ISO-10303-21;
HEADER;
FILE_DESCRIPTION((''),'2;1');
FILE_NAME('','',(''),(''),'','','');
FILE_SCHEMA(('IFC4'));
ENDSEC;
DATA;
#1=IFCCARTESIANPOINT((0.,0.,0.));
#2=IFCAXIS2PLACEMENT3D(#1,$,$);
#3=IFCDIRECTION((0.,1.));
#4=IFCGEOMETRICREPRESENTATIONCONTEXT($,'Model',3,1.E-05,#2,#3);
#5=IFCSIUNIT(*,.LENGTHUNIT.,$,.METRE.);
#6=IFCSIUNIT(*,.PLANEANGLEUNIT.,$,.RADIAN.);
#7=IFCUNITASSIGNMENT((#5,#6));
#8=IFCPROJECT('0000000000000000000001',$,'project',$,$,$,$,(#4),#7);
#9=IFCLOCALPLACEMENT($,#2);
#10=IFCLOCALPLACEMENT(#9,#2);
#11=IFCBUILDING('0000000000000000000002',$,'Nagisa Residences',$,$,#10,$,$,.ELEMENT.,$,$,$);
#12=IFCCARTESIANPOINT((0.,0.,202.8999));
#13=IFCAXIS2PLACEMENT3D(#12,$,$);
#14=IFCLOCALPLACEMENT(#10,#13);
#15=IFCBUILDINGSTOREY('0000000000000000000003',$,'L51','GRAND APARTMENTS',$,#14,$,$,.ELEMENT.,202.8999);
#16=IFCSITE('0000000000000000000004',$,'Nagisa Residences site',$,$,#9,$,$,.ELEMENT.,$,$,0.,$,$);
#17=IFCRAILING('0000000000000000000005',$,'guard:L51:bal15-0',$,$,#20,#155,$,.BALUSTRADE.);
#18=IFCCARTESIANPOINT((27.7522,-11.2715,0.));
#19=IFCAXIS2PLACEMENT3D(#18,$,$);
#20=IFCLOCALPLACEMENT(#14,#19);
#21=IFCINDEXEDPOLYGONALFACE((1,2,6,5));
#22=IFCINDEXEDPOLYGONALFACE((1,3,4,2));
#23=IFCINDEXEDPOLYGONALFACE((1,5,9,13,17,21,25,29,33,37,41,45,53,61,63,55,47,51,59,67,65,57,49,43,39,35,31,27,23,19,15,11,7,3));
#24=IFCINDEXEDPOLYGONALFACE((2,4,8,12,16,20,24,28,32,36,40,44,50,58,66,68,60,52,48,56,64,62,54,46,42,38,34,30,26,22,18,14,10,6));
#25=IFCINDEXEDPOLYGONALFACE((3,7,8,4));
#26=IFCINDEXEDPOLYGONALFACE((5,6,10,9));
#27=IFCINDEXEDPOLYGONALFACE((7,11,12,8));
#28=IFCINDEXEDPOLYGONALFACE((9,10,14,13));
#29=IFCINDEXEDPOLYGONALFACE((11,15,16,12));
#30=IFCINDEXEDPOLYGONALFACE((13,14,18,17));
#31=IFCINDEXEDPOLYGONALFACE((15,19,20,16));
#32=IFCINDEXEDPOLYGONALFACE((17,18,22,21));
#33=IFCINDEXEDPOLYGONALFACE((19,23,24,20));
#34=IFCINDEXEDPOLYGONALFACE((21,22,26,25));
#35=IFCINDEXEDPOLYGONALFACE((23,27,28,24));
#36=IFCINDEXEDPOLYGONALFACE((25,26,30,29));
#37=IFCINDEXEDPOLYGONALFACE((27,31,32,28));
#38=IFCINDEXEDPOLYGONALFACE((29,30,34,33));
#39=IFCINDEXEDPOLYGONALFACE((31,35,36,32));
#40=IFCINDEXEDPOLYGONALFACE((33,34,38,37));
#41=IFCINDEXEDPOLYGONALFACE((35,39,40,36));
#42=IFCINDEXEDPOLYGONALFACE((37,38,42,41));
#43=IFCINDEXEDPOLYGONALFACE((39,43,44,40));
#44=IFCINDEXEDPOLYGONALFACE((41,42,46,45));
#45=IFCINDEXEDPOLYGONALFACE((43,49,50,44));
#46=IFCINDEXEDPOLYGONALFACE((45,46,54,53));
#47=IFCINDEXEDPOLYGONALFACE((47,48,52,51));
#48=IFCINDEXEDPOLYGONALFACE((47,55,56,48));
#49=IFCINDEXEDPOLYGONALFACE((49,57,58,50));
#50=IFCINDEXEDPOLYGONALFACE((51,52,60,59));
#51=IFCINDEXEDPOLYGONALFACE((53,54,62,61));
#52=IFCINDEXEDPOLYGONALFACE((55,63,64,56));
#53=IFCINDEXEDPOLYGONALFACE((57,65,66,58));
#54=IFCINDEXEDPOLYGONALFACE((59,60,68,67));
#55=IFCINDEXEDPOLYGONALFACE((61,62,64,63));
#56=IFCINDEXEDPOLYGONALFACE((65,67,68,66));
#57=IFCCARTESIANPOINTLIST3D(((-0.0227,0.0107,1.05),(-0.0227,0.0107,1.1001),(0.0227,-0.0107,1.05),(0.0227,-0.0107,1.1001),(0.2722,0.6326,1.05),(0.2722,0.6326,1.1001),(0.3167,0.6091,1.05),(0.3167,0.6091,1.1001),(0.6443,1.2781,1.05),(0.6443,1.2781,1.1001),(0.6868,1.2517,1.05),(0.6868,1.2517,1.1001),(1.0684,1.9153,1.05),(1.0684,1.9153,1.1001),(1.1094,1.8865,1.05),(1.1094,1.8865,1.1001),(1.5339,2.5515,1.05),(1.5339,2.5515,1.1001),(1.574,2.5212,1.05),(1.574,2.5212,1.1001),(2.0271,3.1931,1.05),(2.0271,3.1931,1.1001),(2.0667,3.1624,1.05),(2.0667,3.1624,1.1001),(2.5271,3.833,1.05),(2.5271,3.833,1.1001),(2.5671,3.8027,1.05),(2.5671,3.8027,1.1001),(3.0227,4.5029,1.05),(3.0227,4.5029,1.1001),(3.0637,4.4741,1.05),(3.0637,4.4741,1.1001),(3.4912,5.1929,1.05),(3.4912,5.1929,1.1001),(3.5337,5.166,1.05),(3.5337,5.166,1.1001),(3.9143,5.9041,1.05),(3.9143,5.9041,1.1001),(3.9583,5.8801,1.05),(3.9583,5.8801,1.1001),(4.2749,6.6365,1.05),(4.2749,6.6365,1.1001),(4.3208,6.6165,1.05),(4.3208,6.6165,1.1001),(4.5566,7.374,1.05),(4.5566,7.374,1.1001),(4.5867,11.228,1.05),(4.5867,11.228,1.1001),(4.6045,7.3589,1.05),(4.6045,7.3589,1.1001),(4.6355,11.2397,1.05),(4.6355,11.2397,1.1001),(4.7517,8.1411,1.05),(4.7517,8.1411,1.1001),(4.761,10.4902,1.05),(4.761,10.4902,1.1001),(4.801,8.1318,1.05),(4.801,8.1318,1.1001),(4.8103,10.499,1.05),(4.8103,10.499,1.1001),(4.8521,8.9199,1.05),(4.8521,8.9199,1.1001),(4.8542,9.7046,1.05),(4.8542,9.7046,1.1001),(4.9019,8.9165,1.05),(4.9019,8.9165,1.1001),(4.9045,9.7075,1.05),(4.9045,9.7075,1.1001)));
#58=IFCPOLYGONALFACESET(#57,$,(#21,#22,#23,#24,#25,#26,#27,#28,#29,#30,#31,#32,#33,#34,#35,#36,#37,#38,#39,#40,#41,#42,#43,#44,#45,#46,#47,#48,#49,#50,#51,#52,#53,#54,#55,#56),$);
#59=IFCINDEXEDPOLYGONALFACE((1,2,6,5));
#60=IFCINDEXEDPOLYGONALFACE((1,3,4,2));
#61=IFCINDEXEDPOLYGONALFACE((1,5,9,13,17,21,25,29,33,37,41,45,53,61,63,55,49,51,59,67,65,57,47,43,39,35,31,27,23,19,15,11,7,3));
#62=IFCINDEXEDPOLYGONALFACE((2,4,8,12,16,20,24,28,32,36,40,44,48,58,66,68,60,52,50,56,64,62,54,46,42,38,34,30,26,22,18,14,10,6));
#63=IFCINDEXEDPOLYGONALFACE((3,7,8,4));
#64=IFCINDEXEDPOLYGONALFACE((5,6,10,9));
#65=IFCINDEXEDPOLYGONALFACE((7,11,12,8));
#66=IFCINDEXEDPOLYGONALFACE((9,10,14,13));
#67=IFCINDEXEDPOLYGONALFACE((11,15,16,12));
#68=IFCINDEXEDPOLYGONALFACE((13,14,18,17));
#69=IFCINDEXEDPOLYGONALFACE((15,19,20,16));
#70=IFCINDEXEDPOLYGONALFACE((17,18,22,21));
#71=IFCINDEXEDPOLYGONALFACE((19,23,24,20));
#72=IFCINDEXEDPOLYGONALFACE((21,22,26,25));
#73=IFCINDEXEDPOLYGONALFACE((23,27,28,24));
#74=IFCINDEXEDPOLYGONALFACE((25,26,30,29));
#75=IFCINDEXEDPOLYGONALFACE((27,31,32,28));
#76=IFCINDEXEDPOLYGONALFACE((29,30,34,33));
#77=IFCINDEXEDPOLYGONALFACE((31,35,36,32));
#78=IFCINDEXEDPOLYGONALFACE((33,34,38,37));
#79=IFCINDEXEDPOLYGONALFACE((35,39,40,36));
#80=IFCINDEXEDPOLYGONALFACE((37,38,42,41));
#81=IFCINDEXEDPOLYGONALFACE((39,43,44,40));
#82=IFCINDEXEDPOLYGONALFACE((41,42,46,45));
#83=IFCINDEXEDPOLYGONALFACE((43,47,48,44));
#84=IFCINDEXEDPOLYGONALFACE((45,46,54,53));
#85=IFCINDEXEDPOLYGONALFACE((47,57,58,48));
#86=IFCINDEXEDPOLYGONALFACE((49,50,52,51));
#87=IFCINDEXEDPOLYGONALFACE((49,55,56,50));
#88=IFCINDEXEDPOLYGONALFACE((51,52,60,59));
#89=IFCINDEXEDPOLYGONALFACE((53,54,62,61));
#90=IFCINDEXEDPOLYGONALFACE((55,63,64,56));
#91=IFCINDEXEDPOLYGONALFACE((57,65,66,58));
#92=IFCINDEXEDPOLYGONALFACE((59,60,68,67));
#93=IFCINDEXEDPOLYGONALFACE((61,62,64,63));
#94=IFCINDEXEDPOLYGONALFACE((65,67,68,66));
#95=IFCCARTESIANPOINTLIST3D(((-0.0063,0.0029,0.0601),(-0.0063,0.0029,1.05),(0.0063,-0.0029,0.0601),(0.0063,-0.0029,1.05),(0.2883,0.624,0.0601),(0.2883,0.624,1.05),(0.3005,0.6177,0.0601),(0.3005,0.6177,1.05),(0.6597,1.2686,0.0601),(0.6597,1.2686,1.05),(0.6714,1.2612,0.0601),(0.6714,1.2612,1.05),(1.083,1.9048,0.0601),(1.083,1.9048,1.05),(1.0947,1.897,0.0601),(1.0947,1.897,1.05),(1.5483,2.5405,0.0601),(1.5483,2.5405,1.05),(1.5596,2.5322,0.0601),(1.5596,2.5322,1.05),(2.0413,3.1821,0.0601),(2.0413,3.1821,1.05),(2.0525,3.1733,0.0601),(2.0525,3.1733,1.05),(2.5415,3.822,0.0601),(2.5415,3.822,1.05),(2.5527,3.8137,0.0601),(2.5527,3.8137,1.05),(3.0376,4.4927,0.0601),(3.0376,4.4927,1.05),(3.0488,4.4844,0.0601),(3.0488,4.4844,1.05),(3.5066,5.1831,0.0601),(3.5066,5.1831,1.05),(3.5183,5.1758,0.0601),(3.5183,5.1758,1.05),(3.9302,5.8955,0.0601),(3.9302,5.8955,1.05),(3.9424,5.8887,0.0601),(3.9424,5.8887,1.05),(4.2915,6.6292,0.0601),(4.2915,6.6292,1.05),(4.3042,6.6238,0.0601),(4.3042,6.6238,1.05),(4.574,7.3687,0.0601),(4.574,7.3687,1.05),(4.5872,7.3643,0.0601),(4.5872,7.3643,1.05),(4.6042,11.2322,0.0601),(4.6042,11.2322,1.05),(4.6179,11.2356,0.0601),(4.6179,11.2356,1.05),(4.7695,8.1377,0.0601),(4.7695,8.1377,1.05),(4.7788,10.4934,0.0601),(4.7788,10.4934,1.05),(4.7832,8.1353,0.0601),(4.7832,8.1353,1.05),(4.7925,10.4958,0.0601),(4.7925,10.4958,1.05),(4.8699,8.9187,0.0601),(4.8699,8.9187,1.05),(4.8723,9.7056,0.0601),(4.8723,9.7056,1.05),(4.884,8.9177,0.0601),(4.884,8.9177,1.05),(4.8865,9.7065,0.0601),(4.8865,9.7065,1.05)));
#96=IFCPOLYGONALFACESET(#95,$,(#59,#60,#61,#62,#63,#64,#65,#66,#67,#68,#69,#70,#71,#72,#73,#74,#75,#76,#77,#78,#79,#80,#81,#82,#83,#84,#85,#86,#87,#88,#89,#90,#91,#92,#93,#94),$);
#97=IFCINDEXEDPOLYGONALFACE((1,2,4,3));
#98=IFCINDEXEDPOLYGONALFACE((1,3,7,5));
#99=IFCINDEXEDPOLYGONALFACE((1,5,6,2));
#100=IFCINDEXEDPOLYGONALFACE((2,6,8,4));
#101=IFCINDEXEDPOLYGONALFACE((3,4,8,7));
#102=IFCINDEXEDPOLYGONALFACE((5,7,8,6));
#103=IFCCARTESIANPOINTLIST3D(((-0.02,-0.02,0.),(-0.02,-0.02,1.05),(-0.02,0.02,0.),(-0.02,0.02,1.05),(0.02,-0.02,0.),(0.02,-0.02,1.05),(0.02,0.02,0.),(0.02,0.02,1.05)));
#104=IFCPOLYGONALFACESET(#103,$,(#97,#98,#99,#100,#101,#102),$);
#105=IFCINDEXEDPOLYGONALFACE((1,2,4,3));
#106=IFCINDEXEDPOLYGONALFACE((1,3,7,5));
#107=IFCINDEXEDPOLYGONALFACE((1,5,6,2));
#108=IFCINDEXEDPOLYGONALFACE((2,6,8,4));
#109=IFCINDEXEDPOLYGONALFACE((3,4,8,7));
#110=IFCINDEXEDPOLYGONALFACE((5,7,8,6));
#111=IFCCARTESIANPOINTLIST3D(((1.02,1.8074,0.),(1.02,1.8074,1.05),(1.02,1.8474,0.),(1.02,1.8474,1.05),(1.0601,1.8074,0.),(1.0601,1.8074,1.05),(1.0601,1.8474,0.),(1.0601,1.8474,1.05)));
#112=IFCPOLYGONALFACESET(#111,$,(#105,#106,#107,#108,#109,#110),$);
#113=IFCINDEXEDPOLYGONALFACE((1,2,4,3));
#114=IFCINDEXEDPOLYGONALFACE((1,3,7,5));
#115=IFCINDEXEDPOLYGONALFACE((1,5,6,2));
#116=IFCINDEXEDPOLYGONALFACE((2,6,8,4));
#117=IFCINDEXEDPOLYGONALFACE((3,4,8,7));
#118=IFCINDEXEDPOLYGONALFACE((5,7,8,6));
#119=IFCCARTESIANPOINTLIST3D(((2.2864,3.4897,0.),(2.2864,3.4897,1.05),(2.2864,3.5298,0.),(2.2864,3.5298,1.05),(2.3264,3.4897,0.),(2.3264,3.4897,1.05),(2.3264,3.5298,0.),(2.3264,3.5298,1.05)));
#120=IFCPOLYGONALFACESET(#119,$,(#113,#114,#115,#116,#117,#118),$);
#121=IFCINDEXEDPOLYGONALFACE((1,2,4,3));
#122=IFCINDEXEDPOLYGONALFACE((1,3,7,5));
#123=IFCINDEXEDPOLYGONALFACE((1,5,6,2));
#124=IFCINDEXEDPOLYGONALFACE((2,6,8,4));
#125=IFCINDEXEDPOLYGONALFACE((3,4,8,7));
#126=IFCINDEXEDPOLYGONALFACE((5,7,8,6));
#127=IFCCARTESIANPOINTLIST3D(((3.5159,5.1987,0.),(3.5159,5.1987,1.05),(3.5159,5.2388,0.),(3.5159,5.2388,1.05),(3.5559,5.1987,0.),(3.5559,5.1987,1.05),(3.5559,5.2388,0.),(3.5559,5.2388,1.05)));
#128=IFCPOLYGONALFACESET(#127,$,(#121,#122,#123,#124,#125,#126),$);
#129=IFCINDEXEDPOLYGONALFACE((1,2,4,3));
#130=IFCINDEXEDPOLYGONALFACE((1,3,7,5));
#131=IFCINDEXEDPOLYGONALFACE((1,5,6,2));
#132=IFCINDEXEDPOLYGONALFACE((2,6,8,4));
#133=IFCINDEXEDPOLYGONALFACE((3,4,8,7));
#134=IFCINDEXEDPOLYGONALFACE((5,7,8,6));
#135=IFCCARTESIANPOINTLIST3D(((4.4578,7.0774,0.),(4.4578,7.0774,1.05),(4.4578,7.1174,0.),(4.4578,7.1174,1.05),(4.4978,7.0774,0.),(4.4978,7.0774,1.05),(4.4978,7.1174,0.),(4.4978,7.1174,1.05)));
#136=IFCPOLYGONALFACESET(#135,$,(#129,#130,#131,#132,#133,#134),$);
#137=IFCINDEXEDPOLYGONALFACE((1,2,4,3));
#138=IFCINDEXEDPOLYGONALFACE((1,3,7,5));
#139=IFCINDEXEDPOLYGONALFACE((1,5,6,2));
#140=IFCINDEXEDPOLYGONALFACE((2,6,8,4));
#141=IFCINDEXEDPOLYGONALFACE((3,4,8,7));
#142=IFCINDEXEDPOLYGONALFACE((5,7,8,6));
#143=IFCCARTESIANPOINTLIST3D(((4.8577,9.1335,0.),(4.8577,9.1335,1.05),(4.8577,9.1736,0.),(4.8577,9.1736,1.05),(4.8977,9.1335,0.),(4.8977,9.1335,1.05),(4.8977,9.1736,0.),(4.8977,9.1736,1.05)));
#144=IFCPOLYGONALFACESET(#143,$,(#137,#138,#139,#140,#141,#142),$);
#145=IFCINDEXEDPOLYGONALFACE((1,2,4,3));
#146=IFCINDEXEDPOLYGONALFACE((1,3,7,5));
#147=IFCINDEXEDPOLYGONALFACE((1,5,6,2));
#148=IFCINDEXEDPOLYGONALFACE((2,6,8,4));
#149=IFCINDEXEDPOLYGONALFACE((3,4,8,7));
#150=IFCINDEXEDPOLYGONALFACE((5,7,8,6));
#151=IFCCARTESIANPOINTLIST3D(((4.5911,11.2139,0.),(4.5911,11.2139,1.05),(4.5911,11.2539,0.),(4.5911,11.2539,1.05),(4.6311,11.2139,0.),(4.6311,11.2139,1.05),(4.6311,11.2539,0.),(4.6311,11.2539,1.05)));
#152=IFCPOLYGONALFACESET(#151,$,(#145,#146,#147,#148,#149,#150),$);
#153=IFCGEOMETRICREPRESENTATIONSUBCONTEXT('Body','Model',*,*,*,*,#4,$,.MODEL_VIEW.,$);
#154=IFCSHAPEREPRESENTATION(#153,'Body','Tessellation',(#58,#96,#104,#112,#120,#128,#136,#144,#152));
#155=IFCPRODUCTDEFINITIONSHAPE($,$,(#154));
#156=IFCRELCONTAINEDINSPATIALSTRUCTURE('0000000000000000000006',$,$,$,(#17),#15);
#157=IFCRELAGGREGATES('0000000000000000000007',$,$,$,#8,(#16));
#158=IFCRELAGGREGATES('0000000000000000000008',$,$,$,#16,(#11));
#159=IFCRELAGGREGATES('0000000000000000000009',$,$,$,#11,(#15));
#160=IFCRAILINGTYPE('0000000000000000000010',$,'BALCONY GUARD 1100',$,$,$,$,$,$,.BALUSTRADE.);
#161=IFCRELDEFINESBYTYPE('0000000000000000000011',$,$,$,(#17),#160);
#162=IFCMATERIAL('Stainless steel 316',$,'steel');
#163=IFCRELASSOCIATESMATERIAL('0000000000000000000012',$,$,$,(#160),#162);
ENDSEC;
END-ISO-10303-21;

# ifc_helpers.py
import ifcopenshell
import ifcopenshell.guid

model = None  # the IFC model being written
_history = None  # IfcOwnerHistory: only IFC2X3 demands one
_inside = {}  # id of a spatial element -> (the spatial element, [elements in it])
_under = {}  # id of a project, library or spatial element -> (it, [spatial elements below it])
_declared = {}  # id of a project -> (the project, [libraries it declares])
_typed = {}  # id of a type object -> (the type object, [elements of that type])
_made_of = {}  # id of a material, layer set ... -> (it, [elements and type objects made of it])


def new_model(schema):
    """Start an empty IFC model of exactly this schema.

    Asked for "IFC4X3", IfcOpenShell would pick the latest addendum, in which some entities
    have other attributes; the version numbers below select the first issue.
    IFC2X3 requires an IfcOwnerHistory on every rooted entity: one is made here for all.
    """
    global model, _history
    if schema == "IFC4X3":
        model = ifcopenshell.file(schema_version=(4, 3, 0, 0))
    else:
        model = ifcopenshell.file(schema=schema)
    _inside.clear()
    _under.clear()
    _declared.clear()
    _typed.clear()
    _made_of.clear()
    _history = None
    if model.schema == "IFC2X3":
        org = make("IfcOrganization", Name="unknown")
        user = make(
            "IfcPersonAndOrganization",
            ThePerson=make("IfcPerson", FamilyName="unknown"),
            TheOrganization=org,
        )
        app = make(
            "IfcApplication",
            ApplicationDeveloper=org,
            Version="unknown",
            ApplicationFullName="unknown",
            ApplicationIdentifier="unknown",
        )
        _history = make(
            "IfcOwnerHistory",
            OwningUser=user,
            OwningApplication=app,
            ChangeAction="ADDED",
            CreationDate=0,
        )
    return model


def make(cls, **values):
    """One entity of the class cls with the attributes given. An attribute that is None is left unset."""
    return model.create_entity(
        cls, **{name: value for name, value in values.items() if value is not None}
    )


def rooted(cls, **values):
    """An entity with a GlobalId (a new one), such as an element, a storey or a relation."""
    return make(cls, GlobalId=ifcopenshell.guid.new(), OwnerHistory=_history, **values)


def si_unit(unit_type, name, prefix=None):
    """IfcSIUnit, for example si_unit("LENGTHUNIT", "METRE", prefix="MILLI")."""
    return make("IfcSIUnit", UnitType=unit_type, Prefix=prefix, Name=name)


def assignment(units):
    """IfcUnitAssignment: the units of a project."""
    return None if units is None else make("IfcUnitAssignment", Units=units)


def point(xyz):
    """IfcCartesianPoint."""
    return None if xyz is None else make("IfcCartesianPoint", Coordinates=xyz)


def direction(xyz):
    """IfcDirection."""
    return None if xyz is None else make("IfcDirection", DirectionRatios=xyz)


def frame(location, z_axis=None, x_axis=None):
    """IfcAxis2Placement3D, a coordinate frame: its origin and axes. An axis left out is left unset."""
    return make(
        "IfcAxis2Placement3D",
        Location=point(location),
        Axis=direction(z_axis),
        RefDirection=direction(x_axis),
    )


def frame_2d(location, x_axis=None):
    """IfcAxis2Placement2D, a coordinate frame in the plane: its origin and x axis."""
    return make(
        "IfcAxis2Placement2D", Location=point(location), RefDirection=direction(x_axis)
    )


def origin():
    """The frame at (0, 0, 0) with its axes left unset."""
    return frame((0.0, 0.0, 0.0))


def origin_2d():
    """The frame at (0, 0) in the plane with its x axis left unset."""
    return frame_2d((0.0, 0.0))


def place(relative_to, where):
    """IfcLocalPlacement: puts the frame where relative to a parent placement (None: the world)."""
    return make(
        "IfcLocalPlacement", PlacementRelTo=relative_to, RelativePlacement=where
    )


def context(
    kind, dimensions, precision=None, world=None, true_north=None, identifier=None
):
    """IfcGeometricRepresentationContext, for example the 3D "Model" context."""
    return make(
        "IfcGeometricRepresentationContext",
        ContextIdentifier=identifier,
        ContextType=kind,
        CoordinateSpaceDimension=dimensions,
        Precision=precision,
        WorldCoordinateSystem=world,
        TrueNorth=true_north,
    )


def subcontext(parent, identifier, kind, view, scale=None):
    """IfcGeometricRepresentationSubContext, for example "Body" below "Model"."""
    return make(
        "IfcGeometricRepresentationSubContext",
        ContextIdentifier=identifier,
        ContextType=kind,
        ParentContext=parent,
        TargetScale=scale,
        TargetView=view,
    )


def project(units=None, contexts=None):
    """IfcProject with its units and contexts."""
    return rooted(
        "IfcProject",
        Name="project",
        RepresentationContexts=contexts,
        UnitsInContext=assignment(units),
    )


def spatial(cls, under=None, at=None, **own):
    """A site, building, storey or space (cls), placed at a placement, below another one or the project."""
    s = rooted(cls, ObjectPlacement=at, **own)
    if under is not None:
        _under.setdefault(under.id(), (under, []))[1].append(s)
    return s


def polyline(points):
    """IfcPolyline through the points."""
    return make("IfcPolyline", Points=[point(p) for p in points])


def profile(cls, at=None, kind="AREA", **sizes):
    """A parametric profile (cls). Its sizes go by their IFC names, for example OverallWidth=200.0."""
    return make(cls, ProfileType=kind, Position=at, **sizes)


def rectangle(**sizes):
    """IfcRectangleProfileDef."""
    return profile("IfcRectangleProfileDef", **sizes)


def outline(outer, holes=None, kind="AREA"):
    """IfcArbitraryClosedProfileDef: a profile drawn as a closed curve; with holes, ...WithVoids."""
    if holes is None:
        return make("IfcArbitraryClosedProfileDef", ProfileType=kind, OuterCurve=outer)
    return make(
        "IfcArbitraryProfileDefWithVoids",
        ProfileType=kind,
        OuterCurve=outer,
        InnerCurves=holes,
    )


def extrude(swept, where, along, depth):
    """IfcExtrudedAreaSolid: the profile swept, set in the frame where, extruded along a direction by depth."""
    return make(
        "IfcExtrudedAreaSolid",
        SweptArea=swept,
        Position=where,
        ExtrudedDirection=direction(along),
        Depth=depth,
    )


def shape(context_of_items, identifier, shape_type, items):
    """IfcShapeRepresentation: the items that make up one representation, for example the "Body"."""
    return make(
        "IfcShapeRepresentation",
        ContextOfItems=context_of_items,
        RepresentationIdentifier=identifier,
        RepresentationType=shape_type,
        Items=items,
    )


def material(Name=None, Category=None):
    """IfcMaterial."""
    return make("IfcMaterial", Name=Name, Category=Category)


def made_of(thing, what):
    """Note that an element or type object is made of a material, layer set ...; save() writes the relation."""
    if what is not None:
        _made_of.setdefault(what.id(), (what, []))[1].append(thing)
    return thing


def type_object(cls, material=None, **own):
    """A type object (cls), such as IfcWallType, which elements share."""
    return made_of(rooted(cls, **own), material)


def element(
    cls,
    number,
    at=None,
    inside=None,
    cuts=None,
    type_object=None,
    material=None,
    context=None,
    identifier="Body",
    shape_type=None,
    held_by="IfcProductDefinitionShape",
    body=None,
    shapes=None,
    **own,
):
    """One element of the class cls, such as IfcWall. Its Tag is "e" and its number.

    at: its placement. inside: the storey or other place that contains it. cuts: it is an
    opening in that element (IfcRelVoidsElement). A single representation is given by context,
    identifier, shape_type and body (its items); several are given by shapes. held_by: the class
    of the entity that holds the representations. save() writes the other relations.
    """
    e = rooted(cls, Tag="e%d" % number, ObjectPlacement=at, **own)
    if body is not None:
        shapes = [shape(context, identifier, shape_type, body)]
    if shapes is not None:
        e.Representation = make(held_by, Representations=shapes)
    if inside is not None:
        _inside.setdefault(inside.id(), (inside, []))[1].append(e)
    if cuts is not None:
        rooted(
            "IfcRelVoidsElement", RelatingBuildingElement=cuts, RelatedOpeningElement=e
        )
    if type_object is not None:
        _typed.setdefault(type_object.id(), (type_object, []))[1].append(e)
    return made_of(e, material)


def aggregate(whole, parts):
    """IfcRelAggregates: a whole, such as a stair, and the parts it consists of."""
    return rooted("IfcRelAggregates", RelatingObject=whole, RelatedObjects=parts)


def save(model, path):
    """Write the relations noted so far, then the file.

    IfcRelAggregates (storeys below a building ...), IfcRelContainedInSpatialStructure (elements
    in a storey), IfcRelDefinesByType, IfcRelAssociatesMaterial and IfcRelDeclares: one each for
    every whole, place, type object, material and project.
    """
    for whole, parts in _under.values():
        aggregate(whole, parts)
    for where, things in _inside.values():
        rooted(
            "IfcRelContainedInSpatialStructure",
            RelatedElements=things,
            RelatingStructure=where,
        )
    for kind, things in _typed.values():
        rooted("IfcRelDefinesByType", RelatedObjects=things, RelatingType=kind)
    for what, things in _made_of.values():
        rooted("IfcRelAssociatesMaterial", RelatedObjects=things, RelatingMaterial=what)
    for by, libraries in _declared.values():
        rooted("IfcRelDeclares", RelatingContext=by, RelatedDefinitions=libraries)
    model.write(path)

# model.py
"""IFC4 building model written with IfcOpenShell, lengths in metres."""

from ifc_helpers import new_model, si_unit, direction, frame, origin, origin_2d, place, context, subcontext, project, spatial, polyline, rectangle, outline, extrude, material, type_object, element, save


model = new_model("IFC4")

# Units and contexts
model_context = context("Model", 3, precision=1e-05, world=origin(), true_north=direction((0.0, 1.0)))
body_context = subcontext(model_context, "Body", "Model", "MODEL_VIEW")
ifc_project = project(units=[si_unit("LENGTHUNIT", "METRE"), si_unit("PLANEANGLEUNIT", "RADIAN")], contexts=[model_context])

# Site, building, storey
site_placement = place(None, origin())
site = spatial("IfcSite", under=ifc_project, at=site_placement, Name="Nagisa Residences site", CompositionType="ELEMENT", RefElevation=0.0)
building_placement = place(site_placement, origin())
building = spatial("IfcBuilding", under=site, at=building_placement, Name="Nagisa Residences", CompositionType="ELEMENT")
storey_placement = place(building_placement, frame((0.0, 0.0, 202.8999)))
storey = spatial("IfcBuildingStorey", under=building, at=storey_placement, Name="L51", Description="GRAND APARTMENTS", CompositionType="ELEMENT", Elevation=202.8999)

# Railing
ifc_material_1 = material(Name="Stainless steel 316", Category="steel")
railing_type = type_object("IfcRailingType", Name="BALCONY GUARD 1100", PredefinedType="BALUSTRADE", material=ifc_material_1)
railing_placement = place(storey_placement, frame((27.7522, -11.2715, 0.0)))
element("IfcRailing", 1, at=railing_placement, inside=storey, type_object=railing_type, Name="guard:L51:bal15-0", PredefinedType="BALUSTRADE", context=body_context, shape_type="SweptSolid", body=[
    extrude(outline(polyline([(0.2722, 0.6326), (-0.0227, 0.0107), (0.0227, -0.0107), (0.3167, 0.6091), (0.6868, 1.2517), (1.1094, 1.8865), (1.574, 2.5212), (2.0667, 3.1624), (2.5671, 3.8027), (3.0637, 4.4741), (3.5337, 5.166), (3.9583, 5.8801), (4.3208, 6.6165), (4.6045, 7.3589), (4.801, 8.1318), (4.9019, 8.9165), (4.9045, 9.7075), (4.8103, 10.499), (4.6355, 11.2397), (4.5867, 11.228), (4.761, 10.4902), (4.8542, 9.7046), (4.8521, 8.9199), (4.7517, 8.1411), (4.5566, 7.374), (4.2749, 6.6365), (3.9143, 5.9041), (3.4912, 5.1929), (3.0227, 4.5029), (2.5271, 3.833), (2.0271, 3.1931), (1.5339, 2.5515), (1.0684, 1.9153), (0.6443, 1.2781), (0.2722, 0.6326)])), frame((0.0, 0.0, 1.05)), (0.0, 0.0, 1.0), 0.05),
    extrude(outline(polyline([(0.2883, 0.624), (-0.0063, 0.0029), (0.0063, -0.0029), (0.3005, 0.6177), (0.6714, 1.2612), (1.0947, 1.897), (1.5596, 2.5322), (2.0525, 3.1733), (2.5527, 3.8137), (3.0488, 4.4844), (3.5183, 5.1758), (3.9424, 5.8887), (4.3042, 6.6238), (4.5872, 7.3643), (4.7832, 8.1353), (4.884, 8.9177), (4.8865, 9.7065), (4.7925, 10.4958), (4.6179, 11.2356), (4.6042, 11.2322), (4.7788, 10.4934), (4.8723, 9.7056), (4.8699, 8.9187), (4.7695, 8.1377), (4.574, 7.3687), (4.2915, 6.6292), (3.9302, 5.8955), (3.5066, 5.1831), (3.0376, 4.4927), (2.5415, 3.822), (2.0413, 3.1821), (1.5483, 2.5405), (1.083, 1.9048), (0.6597, 1.2686), (0.2883, 0.624)])), frame((0.0, 0.0, 0.0601)), (0.0, 0.0, 1.0), 0.99),
    extrude(rectangle(XDim=0.04, YDim=0.04, at=origin_2d()), origin(), (0.0, 0.0, 1.0), 1.05),
    extrude(rectangle(XDim=0.04, YDim=0.04, at=origin_2d()), frame((1.04, 1.8274, 0.0)), (0.0, 0.0, 1.0), 1.05),
    extrude(rectangle(XDim=0.04, YDim=0.04, at=origin_2d()), frame((2.3064, 3.5098, 0.0)), (0.0, 0.0, 1.0), 1.05),
    extrude(rectangle(XDim=0.04, YDim=0.04, at=origin_2d()), frame((3.5359, 5.2188, 0.0)), (0.0, 0.0, 1.0), 1.05),
    extrude(rectangle(XDim=0.04, YDim=0.04, at=origin_2d()), frame((4.4778, 7.0974, 0.0)), (0.0, 0.0, 1.0), 1.05),
    extrude(rectangle(XDim=0.04, YDim=0.04, at=origin_2d()), frame((4.8777, 9.1536, 0.0)), (0.0, 0.0, 1.0), 1.05),
    extrude(rectangle(XDim=0.04, YDim=0.04, at=origin_2d()), frame((4.6111, 11.2339, 0.0)), (0.0, 0.0, 1.0), 1.05),
])

save(model, "model.ifc")
